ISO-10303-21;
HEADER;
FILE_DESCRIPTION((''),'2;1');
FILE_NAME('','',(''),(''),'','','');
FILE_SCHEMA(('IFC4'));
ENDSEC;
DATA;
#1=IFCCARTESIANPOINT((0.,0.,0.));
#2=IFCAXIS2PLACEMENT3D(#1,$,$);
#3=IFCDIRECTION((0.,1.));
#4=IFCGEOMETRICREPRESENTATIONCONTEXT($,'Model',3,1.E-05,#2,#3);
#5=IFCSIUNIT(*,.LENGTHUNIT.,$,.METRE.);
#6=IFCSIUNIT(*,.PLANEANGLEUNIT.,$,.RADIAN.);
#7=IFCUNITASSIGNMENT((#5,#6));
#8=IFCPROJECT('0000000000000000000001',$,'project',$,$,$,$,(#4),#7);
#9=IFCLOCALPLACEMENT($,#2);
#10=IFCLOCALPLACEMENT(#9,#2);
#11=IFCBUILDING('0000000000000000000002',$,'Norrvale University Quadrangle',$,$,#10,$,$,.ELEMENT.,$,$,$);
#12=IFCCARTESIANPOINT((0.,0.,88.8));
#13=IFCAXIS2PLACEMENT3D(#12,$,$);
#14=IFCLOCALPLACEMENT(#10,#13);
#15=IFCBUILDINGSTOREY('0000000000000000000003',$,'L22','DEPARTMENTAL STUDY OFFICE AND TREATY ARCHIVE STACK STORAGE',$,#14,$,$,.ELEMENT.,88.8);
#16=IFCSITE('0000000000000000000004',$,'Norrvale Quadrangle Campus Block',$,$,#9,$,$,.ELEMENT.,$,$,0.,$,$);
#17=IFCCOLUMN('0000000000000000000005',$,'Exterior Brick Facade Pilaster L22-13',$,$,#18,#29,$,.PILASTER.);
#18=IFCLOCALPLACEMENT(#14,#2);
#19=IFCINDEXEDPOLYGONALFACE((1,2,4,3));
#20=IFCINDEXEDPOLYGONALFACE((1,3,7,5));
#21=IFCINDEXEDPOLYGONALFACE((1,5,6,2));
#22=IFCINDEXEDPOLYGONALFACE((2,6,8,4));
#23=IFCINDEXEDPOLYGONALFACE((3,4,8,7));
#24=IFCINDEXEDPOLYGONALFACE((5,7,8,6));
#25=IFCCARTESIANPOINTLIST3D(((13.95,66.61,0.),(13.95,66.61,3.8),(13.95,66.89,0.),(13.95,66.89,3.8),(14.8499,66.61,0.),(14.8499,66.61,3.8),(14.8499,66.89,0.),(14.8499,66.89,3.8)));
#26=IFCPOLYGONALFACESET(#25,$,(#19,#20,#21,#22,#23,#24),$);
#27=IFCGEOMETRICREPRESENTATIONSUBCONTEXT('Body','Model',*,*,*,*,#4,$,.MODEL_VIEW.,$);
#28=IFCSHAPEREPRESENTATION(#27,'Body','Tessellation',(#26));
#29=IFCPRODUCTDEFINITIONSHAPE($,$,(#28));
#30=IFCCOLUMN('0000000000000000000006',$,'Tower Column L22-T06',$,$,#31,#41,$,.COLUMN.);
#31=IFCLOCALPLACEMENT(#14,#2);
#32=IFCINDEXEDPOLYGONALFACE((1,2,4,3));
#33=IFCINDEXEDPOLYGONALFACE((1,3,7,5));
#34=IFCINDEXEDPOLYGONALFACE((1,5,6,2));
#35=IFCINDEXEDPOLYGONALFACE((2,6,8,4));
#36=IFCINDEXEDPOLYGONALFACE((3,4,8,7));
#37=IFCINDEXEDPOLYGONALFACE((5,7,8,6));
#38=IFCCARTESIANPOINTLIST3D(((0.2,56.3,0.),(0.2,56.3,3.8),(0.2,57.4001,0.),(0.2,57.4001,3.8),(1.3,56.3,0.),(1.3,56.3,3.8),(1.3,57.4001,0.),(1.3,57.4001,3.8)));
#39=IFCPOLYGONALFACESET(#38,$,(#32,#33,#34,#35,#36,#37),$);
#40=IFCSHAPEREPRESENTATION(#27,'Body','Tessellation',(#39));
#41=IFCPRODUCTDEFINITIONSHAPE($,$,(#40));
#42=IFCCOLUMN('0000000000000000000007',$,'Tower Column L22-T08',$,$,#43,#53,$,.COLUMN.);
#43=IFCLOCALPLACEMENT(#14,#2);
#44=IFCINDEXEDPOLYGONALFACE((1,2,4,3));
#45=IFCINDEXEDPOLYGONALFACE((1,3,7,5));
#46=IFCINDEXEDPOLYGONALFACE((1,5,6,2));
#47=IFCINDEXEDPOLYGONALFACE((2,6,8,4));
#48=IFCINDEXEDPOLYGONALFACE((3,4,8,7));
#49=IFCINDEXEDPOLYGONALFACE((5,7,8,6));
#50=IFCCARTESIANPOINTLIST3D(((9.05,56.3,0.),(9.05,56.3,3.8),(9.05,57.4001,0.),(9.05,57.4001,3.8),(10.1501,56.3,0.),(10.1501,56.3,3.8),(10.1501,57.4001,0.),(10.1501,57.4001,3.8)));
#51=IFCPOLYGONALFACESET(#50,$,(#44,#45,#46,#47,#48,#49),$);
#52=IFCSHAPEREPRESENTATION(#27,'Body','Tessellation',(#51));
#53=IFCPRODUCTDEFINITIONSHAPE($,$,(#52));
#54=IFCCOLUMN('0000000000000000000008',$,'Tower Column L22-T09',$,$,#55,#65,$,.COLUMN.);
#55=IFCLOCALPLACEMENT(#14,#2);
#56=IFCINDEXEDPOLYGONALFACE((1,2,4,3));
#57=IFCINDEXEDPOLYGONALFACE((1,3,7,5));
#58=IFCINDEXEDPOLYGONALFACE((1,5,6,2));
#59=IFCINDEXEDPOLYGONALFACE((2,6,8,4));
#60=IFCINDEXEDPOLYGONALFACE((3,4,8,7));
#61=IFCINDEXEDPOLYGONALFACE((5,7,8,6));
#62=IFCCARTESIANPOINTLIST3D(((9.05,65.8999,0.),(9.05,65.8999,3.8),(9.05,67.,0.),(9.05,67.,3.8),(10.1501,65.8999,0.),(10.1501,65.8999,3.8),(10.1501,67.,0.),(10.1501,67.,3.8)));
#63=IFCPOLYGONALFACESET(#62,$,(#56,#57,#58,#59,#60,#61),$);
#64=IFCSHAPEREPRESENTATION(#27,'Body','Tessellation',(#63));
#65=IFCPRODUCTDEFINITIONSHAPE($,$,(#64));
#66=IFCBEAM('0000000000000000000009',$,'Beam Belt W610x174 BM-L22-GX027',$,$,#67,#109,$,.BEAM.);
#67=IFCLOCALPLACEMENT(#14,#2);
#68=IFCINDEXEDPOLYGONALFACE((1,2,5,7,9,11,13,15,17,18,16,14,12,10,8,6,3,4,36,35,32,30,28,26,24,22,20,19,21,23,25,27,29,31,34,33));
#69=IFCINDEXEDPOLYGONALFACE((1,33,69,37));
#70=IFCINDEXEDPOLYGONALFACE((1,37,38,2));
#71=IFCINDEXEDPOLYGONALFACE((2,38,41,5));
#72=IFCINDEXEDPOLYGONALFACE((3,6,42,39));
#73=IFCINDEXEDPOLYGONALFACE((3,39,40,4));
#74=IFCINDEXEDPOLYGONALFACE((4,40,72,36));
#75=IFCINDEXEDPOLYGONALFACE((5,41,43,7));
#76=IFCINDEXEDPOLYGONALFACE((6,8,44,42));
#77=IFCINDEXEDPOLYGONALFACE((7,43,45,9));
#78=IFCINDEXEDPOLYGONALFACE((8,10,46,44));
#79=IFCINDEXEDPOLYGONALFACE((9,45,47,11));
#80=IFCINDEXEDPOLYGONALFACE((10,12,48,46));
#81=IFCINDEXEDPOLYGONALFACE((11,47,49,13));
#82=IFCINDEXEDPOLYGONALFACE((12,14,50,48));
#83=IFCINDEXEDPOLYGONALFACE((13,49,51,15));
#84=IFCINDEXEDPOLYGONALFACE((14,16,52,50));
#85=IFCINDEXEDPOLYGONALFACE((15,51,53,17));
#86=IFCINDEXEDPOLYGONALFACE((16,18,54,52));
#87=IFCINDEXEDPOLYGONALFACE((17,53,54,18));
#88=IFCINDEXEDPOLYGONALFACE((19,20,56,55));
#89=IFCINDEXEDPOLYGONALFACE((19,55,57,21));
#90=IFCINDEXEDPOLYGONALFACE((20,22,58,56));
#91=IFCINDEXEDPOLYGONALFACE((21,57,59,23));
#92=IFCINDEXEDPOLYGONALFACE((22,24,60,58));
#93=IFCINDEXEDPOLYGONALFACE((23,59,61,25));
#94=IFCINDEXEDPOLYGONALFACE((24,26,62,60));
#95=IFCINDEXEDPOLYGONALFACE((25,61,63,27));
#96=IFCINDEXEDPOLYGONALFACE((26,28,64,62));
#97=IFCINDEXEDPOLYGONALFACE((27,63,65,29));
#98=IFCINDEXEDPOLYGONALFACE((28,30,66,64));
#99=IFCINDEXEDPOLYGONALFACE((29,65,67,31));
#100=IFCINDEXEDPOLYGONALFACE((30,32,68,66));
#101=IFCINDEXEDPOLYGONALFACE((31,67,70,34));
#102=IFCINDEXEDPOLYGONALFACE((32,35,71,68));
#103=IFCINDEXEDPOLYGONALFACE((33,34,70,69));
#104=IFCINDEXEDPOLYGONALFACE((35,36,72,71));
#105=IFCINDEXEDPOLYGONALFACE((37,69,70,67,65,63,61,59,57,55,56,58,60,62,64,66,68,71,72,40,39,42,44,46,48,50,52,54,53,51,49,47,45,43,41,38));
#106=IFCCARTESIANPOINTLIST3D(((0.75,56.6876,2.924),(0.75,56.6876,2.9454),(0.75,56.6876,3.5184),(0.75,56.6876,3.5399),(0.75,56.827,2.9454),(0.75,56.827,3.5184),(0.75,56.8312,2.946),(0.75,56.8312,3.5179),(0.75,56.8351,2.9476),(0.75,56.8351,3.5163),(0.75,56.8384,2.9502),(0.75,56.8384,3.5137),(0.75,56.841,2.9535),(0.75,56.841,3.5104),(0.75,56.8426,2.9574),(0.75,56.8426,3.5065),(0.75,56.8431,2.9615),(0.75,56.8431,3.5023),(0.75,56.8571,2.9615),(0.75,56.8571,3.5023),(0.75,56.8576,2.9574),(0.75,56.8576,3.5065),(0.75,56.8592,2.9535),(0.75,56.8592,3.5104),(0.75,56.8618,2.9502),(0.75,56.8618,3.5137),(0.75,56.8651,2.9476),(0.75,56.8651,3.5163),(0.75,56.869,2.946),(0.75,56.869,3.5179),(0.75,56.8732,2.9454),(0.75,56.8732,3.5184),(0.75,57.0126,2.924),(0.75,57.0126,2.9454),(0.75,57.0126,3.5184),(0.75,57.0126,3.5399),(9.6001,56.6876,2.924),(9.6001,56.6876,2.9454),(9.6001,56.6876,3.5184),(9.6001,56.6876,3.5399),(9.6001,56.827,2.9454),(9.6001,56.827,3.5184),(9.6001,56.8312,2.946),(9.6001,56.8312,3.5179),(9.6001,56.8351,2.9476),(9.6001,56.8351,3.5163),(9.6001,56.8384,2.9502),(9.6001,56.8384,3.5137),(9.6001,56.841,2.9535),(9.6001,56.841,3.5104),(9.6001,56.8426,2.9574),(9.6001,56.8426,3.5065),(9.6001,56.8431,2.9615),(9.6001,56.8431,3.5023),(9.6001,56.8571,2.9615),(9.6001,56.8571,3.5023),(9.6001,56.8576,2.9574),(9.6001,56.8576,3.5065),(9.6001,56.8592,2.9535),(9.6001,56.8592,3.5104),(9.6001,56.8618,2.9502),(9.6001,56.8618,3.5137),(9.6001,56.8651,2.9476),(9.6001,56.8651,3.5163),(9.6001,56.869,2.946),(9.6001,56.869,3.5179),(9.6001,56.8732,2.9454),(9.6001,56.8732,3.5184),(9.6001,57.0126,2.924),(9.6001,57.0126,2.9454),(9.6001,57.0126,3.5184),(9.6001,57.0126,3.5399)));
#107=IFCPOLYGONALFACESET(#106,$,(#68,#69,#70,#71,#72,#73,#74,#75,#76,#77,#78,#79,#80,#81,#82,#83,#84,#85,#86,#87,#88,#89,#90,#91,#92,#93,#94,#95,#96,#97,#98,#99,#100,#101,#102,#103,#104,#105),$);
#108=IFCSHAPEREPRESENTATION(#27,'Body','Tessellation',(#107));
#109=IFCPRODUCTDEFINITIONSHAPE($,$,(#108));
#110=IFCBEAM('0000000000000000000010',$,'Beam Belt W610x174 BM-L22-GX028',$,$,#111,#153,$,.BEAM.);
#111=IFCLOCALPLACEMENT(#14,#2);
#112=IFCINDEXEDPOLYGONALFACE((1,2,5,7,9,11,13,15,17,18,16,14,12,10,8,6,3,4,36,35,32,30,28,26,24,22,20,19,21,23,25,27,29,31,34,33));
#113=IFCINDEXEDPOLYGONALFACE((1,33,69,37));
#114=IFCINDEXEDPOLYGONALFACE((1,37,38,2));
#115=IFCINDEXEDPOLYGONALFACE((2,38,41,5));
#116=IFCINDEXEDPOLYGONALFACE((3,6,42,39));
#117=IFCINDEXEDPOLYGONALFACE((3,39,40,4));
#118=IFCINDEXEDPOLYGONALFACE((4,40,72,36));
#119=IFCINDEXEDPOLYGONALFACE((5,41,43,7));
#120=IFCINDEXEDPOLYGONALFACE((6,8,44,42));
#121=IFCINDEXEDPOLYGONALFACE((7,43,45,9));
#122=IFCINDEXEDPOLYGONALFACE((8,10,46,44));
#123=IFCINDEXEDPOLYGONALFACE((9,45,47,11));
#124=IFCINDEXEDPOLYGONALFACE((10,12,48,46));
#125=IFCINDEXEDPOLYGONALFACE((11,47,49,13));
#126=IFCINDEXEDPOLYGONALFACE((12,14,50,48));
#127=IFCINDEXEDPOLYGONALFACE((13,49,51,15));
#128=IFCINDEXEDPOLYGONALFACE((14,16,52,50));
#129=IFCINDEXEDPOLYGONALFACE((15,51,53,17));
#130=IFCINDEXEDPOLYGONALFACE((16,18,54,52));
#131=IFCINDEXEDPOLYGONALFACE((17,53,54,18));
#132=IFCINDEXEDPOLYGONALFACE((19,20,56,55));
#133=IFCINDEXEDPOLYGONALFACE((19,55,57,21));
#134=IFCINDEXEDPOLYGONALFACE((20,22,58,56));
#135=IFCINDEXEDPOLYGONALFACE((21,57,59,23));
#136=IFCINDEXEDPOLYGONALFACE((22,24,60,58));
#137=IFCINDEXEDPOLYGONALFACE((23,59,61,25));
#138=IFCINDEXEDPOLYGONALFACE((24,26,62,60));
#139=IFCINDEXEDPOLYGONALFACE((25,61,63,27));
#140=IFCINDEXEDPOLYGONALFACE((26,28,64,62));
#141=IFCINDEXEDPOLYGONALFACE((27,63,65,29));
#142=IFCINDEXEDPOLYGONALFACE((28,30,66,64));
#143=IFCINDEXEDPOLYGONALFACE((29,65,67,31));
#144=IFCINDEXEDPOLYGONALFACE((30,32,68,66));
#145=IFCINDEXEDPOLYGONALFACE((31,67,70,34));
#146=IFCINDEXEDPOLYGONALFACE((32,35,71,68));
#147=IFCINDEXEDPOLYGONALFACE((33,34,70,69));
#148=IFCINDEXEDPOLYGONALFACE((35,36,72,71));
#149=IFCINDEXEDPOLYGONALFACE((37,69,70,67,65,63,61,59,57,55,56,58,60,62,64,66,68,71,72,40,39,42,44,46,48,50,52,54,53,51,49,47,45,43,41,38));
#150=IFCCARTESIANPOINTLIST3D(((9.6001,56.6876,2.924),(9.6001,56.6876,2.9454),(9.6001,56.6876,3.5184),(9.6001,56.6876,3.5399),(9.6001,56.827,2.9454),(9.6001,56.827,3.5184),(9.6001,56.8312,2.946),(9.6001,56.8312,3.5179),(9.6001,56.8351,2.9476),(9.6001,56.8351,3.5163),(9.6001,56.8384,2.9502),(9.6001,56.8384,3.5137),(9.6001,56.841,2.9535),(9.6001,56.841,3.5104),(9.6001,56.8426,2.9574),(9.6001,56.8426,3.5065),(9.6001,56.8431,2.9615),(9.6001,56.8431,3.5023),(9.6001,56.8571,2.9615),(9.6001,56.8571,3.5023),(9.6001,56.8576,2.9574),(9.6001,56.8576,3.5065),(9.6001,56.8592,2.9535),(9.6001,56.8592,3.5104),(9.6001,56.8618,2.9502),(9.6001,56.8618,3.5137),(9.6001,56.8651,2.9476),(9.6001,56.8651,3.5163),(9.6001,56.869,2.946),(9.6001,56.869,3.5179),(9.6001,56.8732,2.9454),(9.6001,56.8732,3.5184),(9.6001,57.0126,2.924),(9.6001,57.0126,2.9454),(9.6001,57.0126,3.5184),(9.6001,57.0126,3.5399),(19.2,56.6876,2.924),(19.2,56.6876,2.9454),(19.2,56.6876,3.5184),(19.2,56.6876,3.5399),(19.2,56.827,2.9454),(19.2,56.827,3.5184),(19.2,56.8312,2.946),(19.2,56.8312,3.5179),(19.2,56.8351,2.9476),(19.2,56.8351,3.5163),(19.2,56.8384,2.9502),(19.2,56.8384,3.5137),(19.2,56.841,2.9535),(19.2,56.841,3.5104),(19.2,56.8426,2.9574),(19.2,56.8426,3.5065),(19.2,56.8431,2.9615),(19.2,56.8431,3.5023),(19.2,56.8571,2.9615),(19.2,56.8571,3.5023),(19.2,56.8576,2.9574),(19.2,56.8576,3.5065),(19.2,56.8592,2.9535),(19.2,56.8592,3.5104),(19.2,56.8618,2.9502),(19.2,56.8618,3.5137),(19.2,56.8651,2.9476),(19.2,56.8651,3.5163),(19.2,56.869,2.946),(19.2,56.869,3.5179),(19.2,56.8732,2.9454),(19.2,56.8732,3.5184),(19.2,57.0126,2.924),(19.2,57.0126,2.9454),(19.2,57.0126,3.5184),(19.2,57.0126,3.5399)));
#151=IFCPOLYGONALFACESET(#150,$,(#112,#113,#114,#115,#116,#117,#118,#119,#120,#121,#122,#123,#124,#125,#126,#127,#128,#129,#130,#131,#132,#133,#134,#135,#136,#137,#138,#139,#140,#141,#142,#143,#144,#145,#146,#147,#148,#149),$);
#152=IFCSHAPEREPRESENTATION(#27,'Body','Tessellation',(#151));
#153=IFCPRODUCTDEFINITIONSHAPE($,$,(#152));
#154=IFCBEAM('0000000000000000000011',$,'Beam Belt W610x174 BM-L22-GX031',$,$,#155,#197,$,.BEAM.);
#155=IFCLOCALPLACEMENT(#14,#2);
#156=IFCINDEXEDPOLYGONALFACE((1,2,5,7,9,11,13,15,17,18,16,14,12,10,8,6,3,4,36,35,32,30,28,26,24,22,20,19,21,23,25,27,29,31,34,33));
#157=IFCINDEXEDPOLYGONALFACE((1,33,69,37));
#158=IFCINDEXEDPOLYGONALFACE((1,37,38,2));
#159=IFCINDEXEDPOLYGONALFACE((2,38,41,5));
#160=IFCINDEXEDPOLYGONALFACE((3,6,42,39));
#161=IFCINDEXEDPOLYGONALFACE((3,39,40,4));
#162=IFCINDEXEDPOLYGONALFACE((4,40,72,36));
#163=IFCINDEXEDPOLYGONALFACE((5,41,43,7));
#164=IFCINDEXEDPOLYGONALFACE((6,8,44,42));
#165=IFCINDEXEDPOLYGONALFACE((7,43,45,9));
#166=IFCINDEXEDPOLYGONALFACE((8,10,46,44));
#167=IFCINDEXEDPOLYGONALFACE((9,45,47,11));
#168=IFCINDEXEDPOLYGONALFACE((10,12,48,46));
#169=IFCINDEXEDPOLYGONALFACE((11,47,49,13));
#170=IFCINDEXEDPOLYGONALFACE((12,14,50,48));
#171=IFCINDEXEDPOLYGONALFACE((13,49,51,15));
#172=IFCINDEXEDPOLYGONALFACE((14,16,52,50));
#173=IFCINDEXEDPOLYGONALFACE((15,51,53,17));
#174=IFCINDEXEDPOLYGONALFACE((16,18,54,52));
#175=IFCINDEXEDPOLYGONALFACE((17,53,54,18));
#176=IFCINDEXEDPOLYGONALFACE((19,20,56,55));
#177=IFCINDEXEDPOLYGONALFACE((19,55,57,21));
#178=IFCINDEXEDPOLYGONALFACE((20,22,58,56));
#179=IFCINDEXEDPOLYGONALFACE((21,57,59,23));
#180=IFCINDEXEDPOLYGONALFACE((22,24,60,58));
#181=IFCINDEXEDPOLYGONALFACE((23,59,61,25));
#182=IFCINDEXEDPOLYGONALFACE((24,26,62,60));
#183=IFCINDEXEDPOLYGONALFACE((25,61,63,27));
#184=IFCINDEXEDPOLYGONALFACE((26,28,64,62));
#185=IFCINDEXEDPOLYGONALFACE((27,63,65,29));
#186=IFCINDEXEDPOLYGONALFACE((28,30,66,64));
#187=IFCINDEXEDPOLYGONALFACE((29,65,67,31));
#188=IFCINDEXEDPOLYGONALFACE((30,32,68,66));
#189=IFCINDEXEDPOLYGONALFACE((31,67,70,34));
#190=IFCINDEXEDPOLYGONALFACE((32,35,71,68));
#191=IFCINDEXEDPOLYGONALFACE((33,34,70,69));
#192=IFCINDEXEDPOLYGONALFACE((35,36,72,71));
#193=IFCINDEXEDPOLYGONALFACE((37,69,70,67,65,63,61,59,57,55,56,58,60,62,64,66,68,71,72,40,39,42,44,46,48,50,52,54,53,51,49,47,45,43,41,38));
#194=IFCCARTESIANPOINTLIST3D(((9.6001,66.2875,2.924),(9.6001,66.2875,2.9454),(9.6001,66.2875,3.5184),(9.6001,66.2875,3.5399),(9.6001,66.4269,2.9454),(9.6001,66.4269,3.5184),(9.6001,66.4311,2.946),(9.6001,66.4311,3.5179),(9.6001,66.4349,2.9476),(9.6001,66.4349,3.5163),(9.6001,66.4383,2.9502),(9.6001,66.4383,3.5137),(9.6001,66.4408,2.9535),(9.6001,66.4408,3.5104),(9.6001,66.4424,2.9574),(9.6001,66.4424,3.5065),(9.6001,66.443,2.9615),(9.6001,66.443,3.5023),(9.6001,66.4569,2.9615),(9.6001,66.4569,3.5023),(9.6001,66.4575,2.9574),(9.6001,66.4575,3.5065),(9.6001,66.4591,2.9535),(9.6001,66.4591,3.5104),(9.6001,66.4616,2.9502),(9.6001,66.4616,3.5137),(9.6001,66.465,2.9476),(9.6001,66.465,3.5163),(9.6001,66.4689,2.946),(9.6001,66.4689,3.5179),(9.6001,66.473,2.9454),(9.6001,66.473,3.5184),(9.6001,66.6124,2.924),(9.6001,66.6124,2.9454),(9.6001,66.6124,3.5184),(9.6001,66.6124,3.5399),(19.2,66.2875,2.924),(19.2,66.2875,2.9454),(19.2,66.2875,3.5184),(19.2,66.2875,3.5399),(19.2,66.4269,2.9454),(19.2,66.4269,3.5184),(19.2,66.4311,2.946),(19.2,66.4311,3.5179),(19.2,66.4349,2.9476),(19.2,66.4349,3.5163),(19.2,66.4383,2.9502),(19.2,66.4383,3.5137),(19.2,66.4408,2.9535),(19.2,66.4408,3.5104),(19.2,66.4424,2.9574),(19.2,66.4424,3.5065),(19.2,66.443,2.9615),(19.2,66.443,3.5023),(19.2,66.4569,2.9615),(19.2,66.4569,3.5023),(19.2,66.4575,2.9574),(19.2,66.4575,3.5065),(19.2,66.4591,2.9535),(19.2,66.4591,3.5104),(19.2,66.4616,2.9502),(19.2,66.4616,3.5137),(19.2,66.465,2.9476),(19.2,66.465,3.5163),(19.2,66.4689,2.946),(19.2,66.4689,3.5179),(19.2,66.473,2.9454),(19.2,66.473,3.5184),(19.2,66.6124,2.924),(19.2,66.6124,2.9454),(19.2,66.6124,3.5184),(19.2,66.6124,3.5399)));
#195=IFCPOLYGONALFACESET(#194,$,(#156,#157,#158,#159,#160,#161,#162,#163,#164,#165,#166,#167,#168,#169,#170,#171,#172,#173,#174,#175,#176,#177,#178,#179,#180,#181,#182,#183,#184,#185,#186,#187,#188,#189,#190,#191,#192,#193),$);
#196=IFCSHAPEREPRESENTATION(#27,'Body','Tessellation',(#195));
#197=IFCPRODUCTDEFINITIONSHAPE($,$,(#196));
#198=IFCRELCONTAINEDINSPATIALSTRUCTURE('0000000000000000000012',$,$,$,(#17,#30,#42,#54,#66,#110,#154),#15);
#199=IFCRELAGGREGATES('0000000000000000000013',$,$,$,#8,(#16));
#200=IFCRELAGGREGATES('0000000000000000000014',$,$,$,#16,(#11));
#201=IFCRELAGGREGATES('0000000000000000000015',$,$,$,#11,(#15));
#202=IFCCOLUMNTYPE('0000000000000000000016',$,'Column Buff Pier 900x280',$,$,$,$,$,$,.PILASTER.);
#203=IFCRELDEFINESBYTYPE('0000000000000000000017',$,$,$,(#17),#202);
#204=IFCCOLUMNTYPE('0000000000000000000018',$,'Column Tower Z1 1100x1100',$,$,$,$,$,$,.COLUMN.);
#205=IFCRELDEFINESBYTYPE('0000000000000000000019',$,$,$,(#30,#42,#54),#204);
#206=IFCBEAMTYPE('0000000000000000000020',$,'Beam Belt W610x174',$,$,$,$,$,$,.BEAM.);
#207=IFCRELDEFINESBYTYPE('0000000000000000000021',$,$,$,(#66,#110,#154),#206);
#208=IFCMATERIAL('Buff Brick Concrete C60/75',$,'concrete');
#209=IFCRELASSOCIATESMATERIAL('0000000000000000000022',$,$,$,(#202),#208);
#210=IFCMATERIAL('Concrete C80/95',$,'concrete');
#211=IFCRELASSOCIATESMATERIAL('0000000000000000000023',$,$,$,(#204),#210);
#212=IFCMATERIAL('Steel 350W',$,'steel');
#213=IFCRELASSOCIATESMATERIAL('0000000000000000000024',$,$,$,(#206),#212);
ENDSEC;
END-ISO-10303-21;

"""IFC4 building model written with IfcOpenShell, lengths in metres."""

from ifc_helpers import new_model, si_unit, direction, frame, origin, origin_2d, place, context, subcontext, project, spatial, rectangle, i_section, extrude, material, material_profile, profile_set, type_object, element, save


model = new_model("IFC4")

# Units and contexts
model_context = context("Model", 3, precision=1e-05, world=origin(), true_north=direction((0.0, 1.0)))
body_context = subcontext(model_context, "Body", "Model", "MODEL_VIEW")
ifc_project = project(units=[si_unit("LENGTHUNIT", "METRE"), si_unit("PLANEANGLEUNIT", "RADIAN")], contexts=[model_context])

# Site, building, storey
site_placement = place(None, origin())
site = spatial("IfcSite", under=ifc_project, at=site_placement, Name="Norrvale Quadrangle Campus Block", CompositionType="ELEMENT", RefElevation=0.0)
building_placement = place(site_placement, origin())
building = spatial("IfcBuilding", under=site, at=building_placement, Name="Norrvale University Quadrangle", CompositionType="ELEMENT")
storey_placement = place(building_placement, frame((0.0, 0.0, 88.8)))
storey = spatial("IfcBuildingStorey", under=building, at=storey_placement, Name="L22", Description="DEPARTMENTAL STUDY OFFICE AND TREATY ARCHIVE STACK STORAGE", CompositionType="ELEMENT", Elevation=88.8)

# Columns
ifc_material_1 = material(Name="Buff Brick Concrete C60/75", Category="concrete")
ifc_material_profile_1 = material_profile(ifc_material_1, rectangle(XDim=0.8999, YDim=0.28, at=origin_2d()), Name="Buff Brick Concrete C60/75")
ifc_profile_set_1 = profile_set([ifc_material_profile_1], Name="Buff Brick Concrete C60/75")
column_type_1 = type_object("IfcColumnType", Name="Column Buff Pier 900x280", PredefinedType="PILASTER", material=ifc_profile_set_1)
column_placement = place(storey_placement, frame((14.3999, 66.75, 0.0), z_axis=(0.0, 0.0, 1.0), x_axis=(1.0, 0.0, 0.0)))
element("IfcColumn", 1, at=column_placement, inside=storey, type_object=column_type_1, Name="Exterior Brick Facade Pilaster L22-13", PredefinedType="PILASTER", context=body_context, shape_type="SweptSolid", body=[
    extrude(rectangle(XDim=0.8999, YDim=0.28, at=origin_2d()), origin(), (0.0, 0.0, 1.0), 3.8),
])
ifc_material_2 = material(Name="Concrete C80/95", Category="concrete")
ifc_material_profile_2 = material_profile(ifc_material_2, rectangle(XDim=1.1001, YDim=1.1001, at=origin_2d()), Name="Concrete C80/95")
ifc_profile_set_2 = profile_set([ifc_material_profile_2], Name="Concrete C80/95")
column_type_2 = type_object("IfcColumnType", Name="Column Tower Z1 1100x1100", PredefinedType="COLUMN", material=ifc_profile_set_2)
for number, where, z_axis, x_axis, name in (
    (2, (0.75, 56.8501, 0.0), (0.0, 0.0, 1.0), (1.0, 0.0, 0.0), "Tower Column L22-T06"),
    (3, (9.6001, 56.8501, 0.0), (0.0, 0.0, 1.0), (1.0, 0.0, 0.0), "Tower Column L22-T08"),
    (4, (9.6001, 66.45, 0.0), (0.0, 0.0, 1.0), (1.0, 0.0, 0.0), "Tower Column L22-T09"),
):
    element("IfcColumn", number, at=place(storey_placement, frame(where, z_axis=z_axis, x_axis=x_axis)), inside=storey, type_object=column_type_2, Name=name, PredefinedType="COLUMN", context=body_context, shape_type="SweptSolid", body=[
        extrude(rectangle(XDim=1.1001, YDim=1.1001, at=origin_2d()), origin(), (0.0, 0.0, 1.0), 3.8),
    ])

# Beams
ifc_material_3 = material(Name="Steel 350W", Category="steel")
ifc_material_profile_3 = material_profile(ifc_material_3, i_section(OverallWidth=0.325, OverallDepth=0.616, WebThickness=0.0139, FlangeThickness=0.0215, FilletRadius=0.0161, at=origin_2d()), Name="Steel 350W")
ifc_profile_set_3 = profile_set([ifc_material_profile_3], Name="Steel 350W")
beam_type_1 = type_object("IfcBeamType", Name="Beam Belt W610x174", PredefinedType="BEAM", material=ifc_profile_set_3)
beam_1_placement = place(storey_placement, frame((0.75, 56.8501, 3.2319), z_axis=(1.0, 0.0, 0.0), x_axis=(0.0, 1.0, 0.0)))
element("IfcBeam", 5, at=beam_1_placement, inside=storey, type_object=beam_type_1, Name="Beam Belt W610x174 BM-L22-GX027", PredefinedType="BEAM", context=body_context, shape_type="SweptSolid", body=[
    extrude(i_section(OverallWidth=0.325, OverallDepth=0.616, WebThickness=0.0139, FlangeThickness=0.0215, FilletRadius=0.0161, at=origin_2d()), origin(), (0.0, 0.0, 1.0), 8.8501),
])
for number, where, z_axis, x_axis, name in (
    (6, (9.6001, 56.8501, 3.2319), (1.0, 0.0, 0.0), (0.0, 1.0, 0.0), "Beam Belt W610x174 BM-L22-GX028"),
    (7, (9.6001, 66.45, 3.2319), (1.0, 0.0, 0.0), (0.0, 1.0, 0.0), "Beam Belt W610x174 BM-L22-GX031"),
):
    element("IfcBeam", number, at=place(storey_placement, frame(where, z_axis=z_axis, x_axis=x_axis)), inside=storey, type_object=beam_type_1, Name=name, PredefinedType="BEAM", context=body_context, shape_type="SweptSolid", body=[
        extrude(i_section(OverallWidth=0.325, OverallDepth=0.616, WebThickness=0.0139, FlangeThickness=0.0215, FilletRadius=0.0161, at=origin_2d()), origin(), (0.0, 0.0, 1.0), 9.5999),
    ])

save(model, "model.ifc")
